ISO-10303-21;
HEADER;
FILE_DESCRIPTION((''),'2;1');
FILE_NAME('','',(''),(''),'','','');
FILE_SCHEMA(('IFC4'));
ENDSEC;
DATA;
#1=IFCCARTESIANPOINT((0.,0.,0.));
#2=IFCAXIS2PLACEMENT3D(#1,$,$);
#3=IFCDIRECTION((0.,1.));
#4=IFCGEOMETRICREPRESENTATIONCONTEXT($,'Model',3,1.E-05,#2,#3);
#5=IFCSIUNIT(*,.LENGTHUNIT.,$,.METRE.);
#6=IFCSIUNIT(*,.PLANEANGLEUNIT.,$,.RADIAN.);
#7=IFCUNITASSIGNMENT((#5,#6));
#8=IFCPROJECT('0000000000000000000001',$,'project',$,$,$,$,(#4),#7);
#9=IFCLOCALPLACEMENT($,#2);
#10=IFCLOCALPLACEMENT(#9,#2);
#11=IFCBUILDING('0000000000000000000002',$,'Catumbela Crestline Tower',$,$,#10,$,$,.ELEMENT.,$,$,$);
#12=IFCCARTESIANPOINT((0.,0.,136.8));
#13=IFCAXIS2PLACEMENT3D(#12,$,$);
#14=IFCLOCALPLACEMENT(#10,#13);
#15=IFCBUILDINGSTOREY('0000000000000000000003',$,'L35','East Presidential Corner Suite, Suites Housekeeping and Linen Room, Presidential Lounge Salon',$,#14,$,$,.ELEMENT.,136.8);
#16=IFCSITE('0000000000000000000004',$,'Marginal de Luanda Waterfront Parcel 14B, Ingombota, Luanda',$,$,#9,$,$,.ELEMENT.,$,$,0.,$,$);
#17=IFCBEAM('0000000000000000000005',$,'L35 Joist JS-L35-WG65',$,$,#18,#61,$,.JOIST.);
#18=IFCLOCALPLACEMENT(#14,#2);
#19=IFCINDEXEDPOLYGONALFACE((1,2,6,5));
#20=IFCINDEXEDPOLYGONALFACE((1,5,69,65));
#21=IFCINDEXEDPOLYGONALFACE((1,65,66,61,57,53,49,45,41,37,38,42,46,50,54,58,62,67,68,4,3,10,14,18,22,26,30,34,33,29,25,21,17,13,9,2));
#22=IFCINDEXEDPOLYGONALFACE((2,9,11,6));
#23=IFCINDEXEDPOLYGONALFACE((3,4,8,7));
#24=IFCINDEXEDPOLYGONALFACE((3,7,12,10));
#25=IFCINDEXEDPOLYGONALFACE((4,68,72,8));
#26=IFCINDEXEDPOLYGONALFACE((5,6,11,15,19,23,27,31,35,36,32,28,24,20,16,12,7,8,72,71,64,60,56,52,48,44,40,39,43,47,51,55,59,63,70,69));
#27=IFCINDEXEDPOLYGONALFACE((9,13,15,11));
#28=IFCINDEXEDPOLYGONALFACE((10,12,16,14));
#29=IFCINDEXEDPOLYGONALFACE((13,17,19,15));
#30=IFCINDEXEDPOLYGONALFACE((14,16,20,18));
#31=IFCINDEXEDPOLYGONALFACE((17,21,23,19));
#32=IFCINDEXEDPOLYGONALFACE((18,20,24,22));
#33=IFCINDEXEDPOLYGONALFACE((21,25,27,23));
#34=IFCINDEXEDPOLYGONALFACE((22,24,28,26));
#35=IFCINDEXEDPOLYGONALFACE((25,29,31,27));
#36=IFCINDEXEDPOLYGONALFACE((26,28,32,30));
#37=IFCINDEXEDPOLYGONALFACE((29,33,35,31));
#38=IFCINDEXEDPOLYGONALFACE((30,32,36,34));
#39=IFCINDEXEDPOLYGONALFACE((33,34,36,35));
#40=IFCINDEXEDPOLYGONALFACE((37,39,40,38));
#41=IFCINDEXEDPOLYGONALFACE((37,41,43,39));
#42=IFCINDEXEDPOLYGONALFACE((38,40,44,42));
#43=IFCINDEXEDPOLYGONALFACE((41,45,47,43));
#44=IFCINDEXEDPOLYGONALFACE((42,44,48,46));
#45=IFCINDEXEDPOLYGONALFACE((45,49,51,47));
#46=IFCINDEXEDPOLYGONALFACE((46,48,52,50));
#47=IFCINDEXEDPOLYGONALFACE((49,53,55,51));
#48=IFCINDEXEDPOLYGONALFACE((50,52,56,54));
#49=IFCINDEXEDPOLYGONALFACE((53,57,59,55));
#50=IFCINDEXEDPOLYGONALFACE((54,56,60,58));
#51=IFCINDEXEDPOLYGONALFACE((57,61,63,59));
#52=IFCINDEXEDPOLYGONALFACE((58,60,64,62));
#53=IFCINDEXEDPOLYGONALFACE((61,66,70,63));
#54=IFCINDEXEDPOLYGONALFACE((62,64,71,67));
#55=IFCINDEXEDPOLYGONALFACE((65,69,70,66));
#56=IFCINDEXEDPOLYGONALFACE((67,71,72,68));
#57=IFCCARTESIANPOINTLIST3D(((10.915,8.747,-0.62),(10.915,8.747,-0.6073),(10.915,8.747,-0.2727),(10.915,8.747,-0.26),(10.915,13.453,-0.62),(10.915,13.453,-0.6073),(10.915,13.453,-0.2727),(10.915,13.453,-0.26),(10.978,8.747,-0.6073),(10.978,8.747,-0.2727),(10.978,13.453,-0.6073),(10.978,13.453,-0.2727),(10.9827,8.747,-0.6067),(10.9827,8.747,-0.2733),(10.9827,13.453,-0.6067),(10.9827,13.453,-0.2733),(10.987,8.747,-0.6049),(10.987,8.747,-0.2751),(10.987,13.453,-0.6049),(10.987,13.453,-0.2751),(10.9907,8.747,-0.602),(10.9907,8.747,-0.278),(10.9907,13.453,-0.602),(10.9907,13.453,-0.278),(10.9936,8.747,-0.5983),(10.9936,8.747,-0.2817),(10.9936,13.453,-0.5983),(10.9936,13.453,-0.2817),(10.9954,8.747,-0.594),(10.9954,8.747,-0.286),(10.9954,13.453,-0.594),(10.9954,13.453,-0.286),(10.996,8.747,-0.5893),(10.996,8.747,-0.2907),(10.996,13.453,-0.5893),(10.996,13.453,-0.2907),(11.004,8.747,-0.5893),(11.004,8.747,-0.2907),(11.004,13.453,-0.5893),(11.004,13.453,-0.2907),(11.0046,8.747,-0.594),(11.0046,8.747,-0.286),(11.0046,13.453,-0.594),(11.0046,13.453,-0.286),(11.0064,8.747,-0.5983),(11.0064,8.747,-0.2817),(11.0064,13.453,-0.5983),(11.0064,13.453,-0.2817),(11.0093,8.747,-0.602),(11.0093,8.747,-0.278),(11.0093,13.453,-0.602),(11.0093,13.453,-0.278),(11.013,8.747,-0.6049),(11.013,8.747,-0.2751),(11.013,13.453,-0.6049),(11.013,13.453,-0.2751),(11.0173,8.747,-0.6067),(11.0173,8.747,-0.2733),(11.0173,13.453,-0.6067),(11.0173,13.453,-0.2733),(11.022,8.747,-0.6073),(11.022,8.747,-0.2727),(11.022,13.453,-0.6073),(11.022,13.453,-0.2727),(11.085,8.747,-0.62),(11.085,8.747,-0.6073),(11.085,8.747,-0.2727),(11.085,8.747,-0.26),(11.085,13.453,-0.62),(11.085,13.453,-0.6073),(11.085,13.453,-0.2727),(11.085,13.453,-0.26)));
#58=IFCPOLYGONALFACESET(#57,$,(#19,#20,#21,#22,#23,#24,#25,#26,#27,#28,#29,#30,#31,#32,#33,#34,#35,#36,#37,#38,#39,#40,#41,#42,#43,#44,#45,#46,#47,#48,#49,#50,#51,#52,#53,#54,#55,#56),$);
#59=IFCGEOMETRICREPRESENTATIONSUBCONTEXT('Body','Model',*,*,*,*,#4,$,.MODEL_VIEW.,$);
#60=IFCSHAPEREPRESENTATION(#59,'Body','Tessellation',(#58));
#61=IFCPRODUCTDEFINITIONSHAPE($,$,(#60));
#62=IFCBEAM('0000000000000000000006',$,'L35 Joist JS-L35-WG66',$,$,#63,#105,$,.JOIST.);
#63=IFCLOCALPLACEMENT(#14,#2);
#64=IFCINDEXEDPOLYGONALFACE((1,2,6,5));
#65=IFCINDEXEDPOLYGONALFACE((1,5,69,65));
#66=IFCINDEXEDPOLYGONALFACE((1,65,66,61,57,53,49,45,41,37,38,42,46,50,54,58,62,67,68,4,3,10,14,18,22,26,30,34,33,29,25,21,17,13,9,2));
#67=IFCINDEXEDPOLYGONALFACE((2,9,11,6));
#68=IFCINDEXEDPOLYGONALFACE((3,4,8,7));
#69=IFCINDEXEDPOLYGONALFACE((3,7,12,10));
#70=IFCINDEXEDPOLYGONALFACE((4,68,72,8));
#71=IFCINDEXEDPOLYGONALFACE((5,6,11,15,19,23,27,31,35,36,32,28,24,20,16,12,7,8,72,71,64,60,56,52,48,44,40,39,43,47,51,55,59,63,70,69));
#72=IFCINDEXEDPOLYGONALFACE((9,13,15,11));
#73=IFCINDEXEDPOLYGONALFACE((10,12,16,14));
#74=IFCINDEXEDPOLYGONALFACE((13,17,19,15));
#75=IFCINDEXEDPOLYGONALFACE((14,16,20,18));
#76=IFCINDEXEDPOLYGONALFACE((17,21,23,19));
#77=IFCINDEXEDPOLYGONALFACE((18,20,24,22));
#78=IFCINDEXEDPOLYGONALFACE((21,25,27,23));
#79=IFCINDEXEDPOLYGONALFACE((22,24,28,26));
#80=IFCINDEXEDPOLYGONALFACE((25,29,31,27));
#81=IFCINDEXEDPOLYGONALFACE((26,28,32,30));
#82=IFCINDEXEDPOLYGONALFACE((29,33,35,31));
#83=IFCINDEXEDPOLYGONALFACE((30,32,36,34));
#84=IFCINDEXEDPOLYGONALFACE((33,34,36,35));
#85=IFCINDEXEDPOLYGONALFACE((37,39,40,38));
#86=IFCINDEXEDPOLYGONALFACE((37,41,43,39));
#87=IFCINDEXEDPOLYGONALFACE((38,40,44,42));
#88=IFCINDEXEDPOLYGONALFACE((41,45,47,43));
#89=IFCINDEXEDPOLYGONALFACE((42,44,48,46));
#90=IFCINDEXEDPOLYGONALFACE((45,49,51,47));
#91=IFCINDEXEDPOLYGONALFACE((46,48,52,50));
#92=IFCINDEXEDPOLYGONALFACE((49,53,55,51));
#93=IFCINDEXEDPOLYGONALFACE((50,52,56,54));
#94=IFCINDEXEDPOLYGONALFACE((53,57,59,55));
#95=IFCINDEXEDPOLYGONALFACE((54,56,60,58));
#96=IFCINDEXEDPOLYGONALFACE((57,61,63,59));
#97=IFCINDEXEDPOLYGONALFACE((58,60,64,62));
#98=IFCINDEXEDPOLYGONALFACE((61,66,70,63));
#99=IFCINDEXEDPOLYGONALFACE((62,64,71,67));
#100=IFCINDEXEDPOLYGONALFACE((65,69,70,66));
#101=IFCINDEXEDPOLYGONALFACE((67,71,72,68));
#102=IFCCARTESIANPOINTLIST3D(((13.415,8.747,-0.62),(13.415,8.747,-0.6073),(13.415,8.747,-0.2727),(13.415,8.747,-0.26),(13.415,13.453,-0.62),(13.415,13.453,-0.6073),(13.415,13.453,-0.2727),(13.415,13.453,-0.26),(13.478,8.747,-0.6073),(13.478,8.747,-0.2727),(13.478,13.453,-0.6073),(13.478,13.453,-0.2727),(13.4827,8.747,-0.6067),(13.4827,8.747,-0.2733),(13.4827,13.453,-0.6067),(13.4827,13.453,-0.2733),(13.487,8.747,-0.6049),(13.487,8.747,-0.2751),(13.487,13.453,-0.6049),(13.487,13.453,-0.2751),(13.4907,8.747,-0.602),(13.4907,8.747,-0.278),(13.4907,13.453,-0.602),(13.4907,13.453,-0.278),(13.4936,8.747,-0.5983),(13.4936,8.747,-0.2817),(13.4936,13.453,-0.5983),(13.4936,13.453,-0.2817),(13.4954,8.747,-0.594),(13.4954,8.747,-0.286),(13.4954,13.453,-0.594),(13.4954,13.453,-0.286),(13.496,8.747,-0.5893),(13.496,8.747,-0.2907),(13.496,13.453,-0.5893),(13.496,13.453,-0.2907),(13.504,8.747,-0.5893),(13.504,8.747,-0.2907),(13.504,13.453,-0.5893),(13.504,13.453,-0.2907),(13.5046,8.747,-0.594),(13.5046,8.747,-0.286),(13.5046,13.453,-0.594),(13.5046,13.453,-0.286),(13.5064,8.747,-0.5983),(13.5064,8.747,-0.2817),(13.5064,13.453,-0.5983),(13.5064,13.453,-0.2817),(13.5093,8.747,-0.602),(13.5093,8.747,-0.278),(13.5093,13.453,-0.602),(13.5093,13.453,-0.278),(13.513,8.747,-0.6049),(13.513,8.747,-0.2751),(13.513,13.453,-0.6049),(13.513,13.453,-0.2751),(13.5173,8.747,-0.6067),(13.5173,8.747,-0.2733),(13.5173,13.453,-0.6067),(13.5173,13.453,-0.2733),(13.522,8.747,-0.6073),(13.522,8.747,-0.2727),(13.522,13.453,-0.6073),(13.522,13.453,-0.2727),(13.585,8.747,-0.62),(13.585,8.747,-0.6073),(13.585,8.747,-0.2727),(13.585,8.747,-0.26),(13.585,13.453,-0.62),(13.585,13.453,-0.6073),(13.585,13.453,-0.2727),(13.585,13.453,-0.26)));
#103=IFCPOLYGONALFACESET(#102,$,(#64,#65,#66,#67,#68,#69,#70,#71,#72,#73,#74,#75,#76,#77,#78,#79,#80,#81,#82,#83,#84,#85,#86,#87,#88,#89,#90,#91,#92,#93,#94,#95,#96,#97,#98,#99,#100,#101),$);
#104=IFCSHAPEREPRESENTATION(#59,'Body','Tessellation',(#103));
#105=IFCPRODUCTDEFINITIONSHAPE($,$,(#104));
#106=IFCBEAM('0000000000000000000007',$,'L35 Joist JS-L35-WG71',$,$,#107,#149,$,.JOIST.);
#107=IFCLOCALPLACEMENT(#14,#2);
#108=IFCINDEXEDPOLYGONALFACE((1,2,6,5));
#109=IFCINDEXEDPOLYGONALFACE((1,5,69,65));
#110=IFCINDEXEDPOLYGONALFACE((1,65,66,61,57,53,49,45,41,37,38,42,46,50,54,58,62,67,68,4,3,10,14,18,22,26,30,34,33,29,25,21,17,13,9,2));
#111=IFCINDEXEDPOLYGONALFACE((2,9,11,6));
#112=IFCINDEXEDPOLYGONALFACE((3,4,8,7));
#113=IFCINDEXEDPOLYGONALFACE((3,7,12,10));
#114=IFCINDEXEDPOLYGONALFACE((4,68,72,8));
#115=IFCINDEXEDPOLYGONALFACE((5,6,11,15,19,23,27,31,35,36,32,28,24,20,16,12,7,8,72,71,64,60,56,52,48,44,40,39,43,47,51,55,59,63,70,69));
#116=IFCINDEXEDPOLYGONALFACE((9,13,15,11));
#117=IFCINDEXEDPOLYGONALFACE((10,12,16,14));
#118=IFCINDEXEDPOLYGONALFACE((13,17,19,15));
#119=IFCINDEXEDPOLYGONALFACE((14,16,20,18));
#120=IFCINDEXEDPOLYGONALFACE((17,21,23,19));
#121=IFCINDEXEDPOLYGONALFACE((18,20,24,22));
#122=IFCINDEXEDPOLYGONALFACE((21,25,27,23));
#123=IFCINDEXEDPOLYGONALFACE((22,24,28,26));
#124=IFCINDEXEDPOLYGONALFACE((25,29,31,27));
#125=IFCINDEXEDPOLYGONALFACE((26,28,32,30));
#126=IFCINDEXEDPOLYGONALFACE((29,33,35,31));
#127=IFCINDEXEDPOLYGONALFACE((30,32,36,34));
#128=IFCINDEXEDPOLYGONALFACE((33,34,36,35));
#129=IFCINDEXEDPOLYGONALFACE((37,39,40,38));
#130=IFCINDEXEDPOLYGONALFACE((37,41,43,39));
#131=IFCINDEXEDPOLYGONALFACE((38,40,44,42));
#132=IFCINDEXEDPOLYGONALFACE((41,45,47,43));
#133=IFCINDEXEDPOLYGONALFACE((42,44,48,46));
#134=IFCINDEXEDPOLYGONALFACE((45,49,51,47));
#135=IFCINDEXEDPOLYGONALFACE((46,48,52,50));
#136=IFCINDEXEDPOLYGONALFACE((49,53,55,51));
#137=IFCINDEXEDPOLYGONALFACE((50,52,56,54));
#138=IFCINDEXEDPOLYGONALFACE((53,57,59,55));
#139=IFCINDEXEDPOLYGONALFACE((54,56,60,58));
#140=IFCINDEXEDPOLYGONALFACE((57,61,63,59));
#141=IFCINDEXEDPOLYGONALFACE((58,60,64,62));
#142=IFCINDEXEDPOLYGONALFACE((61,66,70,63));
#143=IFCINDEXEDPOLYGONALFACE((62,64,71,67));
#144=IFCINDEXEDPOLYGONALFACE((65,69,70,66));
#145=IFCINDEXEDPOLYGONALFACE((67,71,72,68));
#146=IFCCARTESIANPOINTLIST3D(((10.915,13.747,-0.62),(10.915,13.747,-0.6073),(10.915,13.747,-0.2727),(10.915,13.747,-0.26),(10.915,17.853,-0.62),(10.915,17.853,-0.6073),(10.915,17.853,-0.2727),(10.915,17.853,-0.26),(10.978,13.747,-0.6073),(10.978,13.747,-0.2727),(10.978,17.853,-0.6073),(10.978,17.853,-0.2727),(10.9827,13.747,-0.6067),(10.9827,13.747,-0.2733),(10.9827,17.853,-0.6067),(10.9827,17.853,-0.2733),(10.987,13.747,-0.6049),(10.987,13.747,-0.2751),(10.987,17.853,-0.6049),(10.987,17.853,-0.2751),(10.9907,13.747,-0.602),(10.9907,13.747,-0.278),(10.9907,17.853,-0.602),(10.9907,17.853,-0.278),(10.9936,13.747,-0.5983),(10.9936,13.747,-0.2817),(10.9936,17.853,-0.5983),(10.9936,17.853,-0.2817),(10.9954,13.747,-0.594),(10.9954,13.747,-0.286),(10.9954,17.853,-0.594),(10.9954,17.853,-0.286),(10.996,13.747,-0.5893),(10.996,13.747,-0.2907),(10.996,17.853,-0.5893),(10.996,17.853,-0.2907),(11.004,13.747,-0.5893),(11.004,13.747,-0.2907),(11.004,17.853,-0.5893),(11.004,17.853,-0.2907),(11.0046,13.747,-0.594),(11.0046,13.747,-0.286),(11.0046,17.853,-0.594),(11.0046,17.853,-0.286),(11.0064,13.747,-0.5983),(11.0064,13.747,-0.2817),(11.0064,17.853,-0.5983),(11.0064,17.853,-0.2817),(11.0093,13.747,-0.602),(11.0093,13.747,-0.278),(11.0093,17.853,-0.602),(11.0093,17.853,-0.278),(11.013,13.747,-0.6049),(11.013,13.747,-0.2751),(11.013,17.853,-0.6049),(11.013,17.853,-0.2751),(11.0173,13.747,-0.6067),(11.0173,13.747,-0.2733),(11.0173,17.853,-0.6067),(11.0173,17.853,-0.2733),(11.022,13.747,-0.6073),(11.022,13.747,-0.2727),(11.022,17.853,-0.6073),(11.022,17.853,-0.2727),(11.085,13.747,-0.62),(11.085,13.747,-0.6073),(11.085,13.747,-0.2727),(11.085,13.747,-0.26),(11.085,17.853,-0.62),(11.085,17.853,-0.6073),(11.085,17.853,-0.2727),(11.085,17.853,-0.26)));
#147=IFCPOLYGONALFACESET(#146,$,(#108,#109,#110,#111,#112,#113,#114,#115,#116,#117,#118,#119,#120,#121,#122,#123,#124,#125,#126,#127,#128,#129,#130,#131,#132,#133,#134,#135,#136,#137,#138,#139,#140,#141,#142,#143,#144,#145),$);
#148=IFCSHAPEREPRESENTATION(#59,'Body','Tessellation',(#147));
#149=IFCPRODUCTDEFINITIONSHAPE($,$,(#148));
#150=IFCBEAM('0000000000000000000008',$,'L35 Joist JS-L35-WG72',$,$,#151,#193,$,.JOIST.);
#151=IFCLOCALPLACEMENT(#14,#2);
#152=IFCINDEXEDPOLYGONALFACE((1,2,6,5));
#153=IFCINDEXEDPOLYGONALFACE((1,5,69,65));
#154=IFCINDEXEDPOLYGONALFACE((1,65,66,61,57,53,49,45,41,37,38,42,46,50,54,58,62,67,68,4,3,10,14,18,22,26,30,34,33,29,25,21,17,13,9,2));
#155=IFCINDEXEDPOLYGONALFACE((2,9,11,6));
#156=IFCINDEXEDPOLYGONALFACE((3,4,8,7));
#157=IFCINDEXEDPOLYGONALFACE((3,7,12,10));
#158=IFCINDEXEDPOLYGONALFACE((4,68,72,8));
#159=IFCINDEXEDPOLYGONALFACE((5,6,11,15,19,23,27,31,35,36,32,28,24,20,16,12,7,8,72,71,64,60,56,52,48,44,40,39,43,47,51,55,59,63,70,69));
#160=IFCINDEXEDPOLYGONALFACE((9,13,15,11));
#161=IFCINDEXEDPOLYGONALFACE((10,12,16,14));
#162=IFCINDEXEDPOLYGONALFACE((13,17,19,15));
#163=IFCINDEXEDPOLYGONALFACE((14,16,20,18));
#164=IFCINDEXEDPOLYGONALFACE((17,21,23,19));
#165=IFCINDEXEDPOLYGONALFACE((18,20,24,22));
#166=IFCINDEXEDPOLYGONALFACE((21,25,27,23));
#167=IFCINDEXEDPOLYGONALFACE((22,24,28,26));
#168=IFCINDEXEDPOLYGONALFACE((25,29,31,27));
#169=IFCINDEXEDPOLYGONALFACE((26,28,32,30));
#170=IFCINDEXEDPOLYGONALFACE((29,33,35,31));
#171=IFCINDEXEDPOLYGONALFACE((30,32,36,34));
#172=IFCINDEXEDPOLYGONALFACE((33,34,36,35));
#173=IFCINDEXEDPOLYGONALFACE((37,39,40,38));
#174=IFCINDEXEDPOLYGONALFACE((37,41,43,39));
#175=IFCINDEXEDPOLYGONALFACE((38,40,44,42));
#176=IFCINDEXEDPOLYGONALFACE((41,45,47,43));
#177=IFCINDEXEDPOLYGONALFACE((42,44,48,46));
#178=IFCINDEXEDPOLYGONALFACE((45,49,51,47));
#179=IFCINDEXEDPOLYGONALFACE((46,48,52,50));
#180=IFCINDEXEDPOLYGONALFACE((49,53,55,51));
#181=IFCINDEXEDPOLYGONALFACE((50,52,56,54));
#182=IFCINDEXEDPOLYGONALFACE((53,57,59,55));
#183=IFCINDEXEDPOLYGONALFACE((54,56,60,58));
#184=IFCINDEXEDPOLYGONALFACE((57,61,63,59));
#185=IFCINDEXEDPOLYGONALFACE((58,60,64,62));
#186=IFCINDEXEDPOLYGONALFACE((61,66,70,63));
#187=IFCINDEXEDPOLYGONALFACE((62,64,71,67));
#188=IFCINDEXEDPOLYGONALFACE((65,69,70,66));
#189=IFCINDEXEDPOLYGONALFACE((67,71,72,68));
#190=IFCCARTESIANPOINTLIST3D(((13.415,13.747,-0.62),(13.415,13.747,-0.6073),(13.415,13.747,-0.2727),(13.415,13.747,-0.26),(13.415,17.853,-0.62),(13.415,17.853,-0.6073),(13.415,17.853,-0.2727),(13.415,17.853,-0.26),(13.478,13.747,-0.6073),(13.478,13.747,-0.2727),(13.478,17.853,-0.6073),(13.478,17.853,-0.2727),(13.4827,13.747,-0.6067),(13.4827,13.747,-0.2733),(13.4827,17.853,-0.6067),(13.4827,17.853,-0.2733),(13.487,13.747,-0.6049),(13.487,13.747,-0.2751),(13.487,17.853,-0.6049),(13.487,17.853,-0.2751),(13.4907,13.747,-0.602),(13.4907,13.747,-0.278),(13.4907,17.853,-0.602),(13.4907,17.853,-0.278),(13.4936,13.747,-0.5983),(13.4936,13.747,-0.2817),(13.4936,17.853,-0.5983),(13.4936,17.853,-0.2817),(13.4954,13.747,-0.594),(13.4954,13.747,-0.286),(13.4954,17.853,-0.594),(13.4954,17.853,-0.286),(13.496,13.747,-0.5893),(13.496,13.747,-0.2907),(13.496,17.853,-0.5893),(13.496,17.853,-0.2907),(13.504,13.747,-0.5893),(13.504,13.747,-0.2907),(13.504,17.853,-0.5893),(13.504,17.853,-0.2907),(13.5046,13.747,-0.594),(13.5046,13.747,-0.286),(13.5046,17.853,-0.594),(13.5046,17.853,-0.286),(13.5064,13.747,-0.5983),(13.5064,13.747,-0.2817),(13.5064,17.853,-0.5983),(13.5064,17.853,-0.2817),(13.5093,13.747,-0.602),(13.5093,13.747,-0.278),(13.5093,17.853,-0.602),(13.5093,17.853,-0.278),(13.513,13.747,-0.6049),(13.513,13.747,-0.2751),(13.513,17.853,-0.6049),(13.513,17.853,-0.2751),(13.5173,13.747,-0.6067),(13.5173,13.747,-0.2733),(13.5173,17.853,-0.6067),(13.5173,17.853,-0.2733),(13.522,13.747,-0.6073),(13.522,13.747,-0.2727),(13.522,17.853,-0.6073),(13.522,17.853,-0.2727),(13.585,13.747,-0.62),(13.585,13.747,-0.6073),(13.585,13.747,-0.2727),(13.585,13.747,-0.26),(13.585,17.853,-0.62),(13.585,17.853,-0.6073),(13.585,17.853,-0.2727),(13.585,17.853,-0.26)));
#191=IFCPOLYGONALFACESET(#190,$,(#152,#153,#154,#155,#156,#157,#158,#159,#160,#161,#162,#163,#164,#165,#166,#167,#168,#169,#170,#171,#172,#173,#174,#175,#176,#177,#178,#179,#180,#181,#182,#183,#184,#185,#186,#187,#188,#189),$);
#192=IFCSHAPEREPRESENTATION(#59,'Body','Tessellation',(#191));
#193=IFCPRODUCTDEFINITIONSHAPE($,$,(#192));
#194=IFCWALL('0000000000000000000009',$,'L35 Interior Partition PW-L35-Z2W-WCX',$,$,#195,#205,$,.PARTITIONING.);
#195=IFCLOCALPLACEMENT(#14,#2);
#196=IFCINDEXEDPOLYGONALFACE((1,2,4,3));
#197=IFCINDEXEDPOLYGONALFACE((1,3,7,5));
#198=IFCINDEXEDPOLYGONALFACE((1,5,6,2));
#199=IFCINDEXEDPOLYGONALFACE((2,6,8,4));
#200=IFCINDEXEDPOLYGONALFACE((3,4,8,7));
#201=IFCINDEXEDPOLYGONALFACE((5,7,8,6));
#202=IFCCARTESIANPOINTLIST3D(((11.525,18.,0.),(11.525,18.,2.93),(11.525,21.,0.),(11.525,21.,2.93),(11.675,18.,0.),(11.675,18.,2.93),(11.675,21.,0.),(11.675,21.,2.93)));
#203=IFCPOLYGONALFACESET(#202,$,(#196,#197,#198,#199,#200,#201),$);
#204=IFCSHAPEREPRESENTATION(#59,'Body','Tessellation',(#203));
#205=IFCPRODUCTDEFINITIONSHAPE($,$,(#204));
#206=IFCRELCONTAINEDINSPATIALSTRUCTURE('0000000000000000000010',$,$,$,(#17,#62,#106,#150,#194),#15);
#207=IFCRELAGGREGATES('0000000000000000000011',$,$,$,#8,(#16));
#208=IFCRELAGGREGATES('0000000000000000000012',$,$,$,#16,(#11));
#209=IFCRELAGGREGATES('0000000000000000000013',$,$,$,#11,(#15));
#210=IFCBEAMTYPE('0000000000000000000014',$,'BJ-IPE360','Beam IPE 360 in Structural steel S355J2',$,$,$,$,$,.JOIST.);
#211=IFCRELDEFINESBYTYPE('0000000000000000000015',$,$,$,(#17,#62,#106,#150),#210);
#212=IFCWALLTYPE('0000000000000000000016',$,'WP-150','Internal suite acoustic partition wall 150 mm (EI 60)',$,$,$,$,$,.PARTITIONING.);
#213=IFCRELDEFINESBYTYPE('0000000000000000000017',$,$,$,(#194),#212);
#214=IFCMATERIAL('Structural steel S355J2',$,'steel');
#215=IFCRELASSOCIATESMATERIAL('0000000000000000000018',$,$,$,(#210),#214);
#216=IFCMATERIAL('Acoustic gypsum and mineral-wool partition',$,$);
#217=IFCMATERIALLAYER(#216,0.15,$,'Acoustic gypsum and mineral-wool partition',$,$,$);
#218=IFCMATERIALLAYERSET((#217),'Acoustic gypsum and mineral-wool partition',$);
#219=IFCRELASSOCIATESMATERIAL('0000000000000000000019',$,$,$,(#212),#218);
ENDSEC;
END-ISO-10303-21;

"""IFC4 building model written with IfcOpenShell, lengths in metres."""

from ifc_helpers import new_model, si_unit, direction, frame, frame_2d, origin, origin_2d, place, context, subcontext, project, spatial, rectangle, i_section, extrude, material, layer, layer_set, material_profile, profile_set, type_object, element, save


model = new_model("IFC4")

# Units and contexts
model_context = context("Model", 3, precision=1e-05, world=origin(), true_north=direction((0.0, 1.0)))
body_context = subcontext(model_context, "Body", "Model", "MODEL_VIEW")
ifc_project = project(units=[si_unit("LENGTHUNIT", "METRE"), si_unit("PLANEANGLEUNIT", "RADIAN")], contexts=[model_context])

# Site, building, storey
site_placement = place(None, origin())
site = spatial("IfcSite", under=ifc_project, at=site_placement, Name="Marginal de Luanda Waterfront Parcel 14B, Ingombota, Luanda", CompositionType="ELEMENT", RefElevation=0.0)
building_placement = place(site_placement, origin())
building = spatial("IfcBuilding", under=site, at=building_placement, Name="Catumbela Crestline Tower", CompositionType="ELEMENT")
storey_placement = place(building_placement, frame((0.0, 0.0, 136.8)))
storey = spatial("IfcBuildingStorey", under=building, at=storey_placement, Name="L35", Description="East Presidential Corner Suite, Suites Housekeeping and Linen Room, Presidential Lounge Salon", CompositionType="ELEMENT", Elevation=136.8)

# Beams
ifc_material_1 = material(Name="Structural steel S355J2", Category="steel")
ifc_material_profile_1 = material_profile(ifc_material_1, i_section(OverallWidth=0.17, OverallDepth=0.36, WebThickness=0.008, FlangeThickness=0.0127, FilletRadius=0.018, at=origin_2d()), Name="IPE 360")
ifc_profile_set_1 = profile_set([ifc_material_profile_1], Name="Structural steel S355J2")
beam_type_1 = type_object("IfcBeamType", Name="BJ-IPE360", Description="Beam IPE 360 in Structural steel S355J2", PredefinedType="JOIST", material=ifc_profile_set_1)
for number, where, z_axis, x_axis, name in (
    (1, (11.0, 8.747, -0.44), (0.0, 1.0, 0.0), (-1.0, 0.0, 0.0), "L35 Joist JS-L35-WG65"),
    (2, (13.5, 8.747, -0.44), (0.0, 1.0, 0.0), (-1.0, 0.0, 0.0), "L35 Joist JS-L35-WG66"),
):
    element("IfcBeam", number, at=place(storey_placement, frame(where, z_axis=z_axis, x_axis=x_axis)), inside=storey, type_object=beam_type_1, Name=name, PredefinedType="JOIST", context=body_context, shape_type="SweptSolid", body=[
        extrude(i_section(OverallWidth=0.17, OverallDepth=0.36, WebThickness=0.008, FlangeThickness=0.0127, FilletRadius=0.018, at=origin_2d()), origin(), (0.0, 0.0, 1.0), 4.706),
    ])
for number, where, z_axis, x_axis, name in (
    (3, (11.0, 13.747, -0.44), (0.0, 1.0, 0.0), (-1.0, 0.0, 0.0), "L35 Joist JS-L35-WG71"),
    (4, (13.5, 13.747, -0.44), (0.0, 1.0, 0.0), (-1.0, 0.0, 0.0), "L35 Joist JS-L35-WG72"),
):
    element("IfcBeam", number, at=place(storey_placement, frame(where, z_axis=z_axis, x_axis=x_axis)), inside=storey, type_object=beam_type_1, Name=name, PredefinedType="JOIST", context=body_context, shape_type="SweptSolid", body=[
        extrude(i_section(OverallWidth=0.17, OverallDepth=0.36, WebThickness=0.008, FlangeThickness=0.0127, FilletRadius=0.018, at=origin_2d()), origin(), (0.0, 0.0, 1.0), 4.106),
    ])

# Wall
ifc_material_2 = material(Name="Acoustic gypsum and mineral-wool partition")
ifc_layer = layer(ifc_material_2, 0.15, Name="Acoustic gypsum and mineral-wool partition")
ifc_layer_set = layer_set([ifc_layer], Name="Acoustic gypsum and mineral-wool partition")
wall_type = type_object("IfcWallType", Name="WP-150", Description="Internal suite acoustic partition wall 150 mm (EI 60)", PredefinedType="PARTITIONING", material=ifc_layer_set)
wall_placement = place(storey_placement, frame((11.6, 18.0, 0.0), z_axis=(0.0, 0.0, 1.0), x_axis=(0.0, 1.0, 0.0)))
element("IfcWall", 5, at=wall_placement, inside=storey, type_object=wall_type, Name="L35 Interior Partition PW-L35-Z2W-WCX", PredefinedType="PARTITIONING", context=body_context, shape_type="SweptSolid", body=[
    extrude(rectangle(XDim=3.0, YDim=0.15, at=frame_2d((1.5, 0.0))), origin(), (0.0, 0.0, 1.0), 2.93),
])

save(model, "model.ifc")
